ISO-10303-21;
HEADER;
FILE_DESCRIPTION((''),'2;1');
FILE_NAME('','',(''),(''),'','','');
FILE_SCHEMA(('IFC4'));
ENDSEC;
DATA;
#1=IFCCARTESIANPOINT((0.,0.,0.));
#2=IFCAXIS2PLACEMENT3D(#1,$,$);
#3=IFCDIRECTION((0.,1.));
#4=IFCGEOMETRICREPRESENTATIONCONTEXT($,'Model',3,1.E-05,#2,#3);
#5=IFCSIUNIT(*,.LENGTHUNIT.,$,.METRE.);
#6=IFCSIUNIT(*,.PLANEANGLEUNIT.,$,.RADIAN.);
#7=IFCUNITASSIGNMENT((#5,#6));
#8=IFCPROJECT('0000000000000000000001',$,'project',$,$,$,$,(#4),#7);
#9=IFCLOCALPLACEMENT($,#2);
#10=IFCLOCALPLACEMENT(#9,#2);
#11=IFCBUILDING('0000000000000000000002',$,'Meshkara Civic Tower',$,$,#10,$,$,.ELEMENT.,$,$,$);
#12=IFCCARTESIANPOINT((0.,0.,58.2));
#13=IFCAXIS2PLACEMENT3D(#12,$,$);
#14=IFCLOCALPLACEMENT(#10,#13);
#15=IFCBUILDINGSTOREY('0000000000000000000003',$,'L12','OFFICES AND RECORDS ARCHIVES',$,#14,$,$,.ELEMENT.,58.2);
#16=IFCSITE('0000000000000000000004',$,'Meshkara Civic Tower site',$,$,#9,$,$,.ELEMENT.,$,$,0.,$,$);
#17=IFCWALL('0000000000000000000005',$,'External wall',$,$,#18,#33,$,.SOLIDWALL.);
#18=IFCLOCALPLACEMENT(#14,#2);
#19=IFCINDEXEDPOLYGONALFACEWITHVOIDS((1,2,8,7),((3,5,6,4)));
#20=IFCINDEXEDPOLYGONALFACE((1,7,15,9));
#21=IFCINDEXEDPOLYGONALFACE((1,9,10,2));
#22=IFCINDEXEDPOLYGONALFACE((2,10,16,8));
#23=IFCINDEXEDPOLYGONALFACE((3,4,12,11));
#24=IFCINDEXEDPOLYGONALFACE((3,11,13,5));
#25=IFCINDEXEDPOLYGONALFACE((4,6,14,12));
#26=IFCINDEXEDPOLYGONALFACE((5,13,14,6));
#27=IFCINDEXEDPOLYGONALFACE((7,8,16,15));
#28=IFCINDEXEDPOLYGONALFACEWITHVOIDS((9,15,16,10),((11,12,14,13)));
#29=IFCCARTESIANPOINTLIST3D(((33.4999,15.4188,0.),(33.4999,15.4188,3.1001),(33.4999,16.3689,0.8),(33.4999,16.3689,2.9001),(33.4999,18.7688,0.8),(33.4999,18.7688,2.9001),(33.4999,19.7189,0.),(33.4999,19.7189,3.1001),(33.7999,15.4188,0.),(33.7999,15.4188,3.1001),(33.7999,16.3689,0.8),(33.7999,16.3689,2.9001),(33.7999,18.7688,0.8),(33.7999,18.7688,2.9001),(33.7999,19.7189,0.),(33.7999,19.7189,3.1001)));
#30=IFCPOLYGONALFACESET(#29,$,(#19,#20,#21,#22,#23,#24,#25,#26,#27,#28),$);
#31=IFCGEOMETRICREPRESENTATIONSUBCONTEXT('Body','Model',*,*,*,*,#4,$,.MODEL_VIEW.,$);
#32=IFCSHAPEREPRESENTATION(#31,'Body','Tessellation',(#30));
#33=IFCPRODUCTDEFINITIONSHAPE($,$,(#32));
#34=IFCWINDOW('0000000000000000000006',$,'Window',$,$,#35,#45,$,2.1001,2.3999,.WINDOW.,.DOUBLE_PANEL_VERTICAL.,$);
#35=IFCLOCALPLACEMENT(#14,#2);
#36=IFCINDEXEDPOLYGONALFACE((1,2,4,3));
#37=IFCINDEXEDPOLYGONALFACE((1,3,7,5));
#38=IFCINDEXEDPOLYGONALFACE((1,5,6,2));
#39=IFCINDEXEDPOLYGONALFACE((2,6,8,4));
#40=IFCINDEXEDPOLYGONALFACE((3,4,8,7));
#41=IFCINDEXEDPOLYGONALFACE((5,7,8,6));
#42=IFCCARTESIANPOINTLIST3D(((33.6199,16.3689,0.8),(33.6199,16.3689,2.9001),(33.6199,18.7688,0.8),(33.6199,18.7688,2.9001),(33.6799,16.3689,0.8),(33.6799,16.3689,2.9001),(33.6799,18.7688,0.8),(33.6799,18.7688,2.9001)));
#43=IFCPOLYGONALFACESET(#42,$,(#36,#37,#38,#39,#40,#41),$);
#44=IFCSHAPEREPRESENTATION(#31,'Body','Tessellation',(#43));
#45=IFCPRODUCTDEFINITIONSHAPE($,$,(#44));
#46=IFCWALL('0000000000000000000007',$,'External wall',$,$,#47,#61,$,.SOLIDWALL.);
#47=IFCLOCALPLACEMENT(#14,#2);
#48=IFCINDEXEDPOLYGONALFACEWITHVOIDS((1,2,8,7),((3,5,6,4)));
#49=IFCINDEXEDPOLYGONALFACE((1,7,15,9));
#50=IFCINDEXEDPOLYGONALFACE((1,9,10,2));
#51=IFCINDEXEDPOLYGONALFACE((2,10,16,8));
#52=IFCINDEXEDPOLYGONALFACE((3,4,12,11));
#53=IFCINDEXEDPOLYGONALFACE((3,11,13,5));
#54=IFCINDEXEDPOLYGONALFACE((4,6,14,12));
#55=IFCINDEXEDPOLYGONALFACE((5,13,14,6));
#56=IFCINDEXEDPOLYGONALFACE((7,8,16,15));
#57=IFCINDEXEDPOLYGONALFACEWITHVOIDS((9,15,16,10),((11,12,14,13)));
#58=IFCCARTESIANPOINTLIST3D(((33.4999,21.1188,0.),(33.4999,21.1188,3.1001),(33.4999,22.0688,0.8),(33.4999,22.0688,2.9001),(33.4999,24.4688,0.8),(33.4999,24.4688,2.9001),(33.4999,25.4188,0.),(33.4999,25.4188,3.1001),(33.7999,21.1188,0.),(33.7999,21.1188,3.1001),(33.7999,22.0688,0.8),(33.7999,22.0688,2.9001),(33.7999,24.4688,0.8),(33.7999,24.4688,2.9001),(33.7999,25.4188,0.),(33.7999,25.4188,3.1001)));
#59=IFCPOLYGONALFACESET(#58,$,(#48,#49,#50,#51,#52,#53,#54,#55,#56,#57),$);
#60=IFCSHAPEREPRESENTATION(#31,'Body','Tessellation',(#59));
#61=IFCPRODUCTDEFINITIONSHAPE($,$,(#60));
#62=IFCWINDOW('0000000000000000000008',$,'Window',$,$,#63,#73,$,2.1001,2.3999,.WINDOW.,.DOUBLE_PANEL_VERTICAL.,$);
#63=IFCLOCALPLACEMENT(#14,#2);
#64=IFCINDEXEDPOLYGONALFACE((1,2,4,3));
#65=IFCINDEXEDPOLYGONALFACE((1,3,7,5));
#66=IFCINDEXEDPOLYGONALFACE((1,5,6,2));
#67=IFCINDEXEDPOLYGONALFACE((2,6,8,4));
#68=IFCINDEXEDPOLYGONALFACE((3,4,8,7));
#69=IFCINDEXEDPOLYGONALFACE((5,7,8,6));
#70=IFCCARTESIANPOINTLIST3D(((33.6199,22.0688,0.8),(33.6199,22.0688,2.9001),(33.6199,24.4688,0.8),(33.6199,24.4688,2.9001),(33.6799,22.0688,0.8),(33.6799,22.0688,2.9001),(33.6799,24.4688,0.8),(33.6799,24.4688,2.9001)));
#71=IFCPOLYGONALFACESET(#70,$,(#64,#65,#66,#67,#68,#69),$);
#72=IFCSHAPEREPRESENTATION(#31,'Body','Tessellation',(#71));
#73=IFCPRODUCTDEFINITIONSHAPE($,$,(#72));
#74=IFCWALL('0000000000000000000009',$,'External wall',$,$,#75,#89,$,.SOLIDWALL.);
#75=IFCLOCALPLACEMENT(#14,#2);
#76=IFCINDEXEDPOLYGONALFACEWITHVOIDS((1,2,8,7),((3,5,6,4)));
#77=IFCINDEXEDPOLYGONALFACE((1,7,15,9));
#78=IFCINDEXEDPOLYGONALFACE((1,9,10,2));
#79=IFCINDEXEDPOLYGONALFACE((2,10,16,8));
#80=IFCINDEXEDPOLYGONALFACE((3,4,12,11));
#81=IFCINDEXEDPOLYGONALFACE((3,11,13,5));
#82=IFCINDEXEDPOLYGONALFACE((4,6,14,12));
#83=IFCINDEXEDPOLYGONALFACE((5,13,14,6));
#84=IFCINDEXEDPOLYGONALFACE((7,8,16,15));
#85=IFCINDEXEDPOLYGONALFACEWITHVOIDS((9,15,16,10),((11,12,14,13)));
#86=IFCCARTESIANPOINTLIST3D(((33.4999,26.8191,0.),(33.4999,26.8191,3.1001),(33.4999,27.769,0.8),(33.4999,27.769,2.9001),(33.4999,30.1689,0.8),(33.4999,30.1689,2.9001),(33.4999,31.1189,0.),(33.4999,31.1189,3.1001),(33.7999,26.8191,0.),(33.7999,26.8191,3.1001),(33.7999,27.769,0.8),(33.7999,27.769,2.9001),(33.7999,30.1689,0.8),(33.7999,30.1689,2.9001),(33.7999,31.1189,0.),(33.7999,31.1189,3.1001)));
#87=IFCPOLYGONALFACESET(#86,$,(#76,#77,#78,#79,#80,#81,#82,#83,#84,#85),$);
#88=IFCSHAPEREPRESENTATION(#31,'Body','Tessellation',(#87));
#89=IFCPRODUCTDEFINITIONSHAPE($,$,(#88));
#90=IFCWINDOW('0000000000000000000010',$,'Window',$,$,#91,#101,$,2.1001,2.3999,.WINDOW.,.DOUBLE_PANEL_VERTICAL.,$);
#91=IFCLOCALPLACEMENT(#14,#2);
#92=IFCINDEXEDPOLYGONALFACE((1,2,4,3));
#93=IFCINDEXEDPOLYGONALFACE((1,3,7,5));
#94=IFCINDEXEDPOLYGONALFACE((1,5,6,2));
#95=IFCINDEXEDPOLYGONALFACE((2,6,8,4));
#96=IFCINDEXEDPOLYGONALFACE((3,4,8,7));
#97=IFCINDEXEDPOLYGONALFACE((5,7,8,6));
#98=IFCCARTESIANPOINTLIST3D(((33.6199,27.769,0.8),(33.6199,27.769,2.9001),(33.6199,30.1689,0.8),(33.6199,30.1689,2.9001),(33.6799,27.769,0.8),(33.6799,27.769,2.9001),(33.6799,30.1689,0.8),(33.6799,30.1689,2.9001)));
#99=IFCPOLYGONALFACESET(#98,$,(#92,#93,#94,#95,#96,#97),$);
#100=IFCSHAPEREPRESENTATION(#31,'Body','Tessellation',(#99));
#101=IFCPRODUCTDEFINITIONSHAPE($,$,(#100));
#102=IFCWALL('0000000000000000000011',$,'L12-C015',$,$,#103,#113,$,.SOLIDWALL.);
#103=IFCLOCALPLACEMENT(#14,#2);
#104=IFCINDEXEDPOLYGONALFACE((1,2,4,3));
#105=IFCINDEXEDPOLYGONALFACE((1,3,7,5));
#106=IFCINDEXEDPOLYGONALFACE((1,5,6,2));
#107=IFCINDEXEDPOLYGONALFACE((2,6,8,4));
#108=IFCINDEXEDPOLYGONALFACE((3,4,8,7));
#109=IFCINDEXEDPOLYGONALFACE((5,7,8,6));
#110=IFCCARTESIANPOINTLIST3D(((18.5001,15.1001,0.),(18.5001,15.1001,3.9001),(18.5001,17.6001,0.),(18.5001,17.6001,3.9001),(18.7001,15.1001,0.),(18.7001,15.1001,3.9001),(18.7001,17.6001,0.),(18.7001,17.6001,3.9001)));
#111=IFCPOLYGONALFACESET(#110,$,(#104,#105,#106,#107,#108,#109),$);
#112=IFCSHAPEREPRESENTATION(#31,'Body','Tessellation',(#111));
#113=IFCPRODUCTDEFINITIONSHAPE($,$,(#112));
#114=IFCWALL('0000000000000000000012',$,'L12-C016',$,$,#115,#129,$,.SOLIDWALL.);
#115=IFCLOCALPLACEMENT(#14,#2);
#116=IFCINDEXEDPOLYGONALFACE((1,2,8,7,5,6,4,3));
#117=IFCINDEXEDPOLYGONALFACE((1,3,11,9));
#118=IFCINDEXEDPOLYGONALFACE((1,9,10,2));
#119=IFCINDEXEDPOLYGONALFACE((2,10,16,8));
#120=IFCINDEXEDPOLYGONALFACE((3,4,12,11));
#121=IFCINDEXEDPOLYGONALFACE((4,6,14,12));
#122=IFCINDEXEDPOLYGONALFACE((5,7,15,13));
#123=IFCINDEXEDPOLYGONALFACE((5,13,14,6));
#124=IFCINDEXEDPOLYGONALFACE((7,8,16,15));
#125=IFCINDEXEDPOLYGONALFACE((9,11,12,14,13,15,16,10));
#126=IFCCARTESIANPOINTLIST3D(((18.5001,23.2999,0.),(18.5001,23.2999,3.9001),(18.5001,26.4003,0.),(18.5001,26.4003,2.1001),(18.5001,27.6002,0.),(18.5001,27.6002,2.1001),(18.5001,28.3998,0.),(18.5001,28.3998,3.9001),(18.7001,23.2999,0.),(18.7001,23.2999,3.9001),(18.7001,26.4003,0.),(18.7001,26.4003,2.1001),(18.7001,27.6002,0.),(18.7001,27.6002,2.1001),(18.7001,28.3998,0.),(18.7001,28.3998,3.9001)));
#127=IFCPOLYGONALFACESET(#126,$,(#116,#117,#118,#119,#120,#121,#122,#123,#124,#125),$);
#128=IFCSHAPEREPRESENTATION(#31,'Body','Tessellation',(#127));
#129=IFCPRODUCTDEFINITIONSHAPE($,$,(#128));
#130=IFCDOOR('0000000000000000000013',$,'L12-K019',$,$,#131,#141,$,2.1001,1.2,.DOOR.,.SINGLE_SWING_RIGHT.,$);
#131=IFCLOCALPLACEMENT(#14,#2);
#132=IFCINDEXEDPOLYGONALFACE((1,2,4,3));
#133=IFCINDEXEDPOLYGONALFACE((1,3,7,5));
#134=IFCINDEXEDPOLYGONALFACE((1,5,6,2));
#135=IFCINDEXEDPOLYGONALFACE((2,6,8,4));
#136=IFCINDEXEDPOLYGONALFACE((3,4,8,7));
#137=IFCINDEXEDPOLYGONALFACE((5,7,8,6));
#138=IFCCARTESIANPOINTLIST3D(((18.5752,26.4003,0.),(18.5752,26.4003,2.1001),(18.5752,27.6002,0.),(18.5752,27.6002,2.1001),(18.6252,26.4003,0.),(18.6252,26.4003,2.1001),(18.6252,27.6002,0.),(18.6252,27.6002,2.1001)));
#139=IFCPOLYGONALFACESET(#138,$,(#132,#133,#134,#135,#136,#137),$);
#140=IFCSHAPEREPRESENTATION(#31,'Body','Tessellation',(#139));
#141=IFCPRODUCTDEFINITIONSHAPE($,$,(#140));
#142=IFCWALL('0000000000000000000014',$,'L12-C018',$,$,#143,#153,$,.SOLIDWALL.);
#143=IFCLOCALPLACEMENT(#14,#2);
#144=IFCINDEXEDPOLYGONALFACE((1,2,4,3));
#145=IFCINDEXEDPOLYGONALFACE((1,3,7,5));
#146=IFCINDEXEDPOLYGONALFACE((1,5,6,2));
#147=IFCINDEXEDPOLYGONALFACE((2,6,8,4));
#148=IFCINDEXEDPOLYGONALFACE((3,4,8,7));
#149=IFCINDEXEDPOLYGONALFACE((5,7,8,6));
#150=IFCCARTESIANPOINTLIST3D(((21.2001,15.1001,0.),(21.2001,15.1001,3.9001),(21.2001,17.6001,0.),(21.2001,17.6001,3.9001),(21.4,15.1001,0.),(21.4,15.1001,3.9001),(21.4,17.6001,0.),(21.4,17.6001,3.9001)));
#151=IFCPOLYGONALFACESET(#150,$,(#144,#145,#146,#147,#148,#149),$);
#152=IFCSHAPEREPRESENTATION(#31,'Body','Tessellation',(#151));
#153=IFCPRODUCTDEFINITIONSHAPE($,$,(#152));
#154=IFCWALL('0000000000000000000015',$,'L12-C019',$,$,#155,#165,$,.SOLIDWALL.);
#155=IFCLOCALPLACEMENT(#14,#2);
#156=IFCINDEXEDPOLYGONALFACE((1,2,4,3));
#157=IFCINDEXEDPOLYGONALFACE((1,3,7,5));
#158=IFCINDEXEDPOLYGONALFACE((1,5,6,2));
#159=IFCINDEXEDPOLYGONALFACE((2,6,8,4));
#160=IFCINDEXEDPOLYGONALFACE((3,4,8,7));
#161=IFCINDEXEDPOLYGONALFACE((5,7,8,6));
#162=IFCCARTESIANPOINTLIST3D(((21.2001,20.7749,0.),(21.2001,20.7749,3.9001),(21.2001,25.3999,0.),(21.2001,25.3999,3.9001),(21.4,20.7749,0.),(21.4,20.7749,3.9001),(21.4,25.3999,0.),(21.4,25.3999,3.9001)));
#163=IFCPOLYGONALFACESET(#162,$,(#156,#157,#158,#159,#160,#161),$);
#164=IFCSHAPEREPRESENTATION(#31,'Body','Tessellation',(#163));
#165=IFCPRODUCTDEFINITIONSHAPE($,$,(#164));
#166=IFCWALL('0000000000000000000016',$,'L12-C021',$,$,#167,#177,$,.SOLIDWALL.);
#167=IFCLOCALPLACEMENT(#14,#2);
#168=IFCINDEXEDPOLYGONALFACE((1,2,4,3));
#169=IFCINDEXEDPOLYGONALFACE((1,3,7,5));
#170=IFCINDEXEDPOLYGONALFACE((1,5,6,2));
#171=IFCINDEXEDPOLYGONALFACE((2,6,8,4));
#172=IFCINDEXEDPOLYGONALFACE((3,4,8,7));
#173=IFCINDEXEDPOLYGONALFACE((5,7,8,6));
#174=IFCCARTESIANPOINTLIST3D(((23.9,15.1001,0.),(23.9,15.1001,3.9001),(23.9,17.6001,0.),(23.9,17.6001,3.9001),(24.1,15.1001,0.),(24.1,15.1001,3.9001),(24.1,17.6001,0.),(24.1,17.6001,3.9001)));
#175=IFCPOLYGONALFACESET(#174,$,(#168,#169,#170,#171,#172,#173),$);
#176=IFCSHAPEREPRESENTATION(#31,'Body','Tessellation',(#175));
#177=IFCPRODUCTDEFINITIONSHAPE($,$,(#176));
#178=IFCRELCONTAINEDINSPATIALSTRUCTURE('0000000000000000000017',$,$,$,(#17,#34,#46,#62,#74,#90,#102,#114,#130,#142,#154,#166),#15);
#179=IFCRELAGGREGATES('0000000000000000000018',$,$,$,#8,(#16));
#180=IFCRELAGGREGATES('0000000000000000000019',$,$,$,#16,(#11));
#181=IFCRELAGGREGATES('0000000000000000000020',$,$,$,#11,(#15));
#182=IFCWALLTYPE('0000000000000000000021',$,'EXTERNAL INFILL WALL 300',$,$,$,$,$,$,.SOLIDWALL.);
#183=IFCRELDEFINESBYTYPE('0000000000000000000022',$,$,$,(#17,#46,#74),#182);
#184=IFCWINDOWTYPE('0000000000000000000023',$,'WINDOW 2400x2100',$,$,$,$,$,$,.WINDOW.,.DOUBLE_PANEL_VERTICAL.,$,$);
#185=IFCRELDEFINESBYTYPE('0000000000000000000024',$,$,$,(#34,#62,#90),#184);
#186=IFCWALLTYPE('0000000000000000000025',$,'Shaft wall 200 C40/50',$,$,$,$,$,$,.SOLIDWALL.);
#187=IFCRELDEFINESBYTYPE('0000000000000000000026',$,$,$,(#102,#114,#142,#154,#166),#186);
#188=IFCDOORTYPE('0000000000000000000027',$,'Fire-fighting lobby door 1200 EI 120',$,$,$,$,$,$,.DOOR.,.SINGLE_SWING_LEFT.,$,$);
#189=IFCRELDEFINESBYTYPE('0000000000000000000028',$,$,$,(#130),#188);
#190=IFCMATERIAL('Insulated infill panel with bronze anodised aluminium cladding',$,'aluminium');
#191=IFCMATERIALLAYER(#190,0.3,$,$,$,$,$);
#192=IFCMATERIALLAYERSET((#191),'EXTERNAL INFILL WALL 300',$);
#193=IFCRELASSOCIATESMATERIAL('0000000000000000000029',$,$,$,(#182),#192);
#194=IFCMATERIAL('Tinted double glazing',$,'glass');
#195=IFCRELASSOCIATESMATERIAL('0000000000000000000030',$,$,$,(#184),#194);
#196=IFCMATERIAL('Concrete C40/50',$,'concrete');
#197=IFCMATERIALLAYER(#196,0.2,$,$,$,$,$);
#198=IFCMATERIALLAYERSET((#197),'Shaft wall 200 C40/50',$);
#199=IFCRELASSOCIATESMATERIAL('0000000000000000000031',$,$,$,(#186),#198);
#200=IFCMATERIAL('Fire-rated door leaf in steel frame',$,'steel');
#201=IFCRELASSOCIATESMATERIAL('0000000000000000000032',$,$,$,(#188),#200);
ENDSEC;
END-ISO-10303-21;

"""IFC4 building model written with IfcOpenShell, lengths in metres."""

from ifc_helpers import new_model, si_unit, direction, frame, frame_2d, origin, place, context, subcontext, project, spatial, rectangle, extrude, material, layer, layer_set, type_object, element, fill, save


model = new_model("IFC4")

# Units and contexts
model_context = context("Model", 3, precision=1e-05, world=origin(), true_north=direction((0.0, 1.0)))
body_context = subcontext(model_context, "Body", "Model", "MODEL_VIEW")
ifc_project = project(units=[si_unit("LENGTHUNIT", "METRE"), si_unit("PLANEANGLEUNIT", "RADIAN")], contexts=[model_context])

# Site, building, storey
site_placement = place(None, origin())
site = spatial("IfcSite", under=ifc_project, at=site_placement, Name="Meshkara Civic Tower site", CompositionType="ELEMENT", RefElevation=0.0)
building_placement = place(site_placement, origin())
building = spatial("IfcBuilding", under=site, at=building_placement, Name="Meshkara Civic Tower", CompositionType="ELEMENT")
storey_placement = place(building_placement, frame((0.0, 0.0, 58.2)))
storey = spatial("IfcBuildingStorey", under=building, at=storey_placement, Name="L12", Description="OFFICES AND RECORDS ARCHIVES", CompositionType="ELEMENT", Elevation=58.2)

# Walls, openings, windows
ifc_material_1 = material(Name="Insulated infill panel with bronze anodised aluminium cladding", Category="aluminium")
ifc_layer_1 = layer(ifc_material_1, 0.3)
ifc_layer_set_1 = layer_set([ifc_layer_1], Name="EXTERNAL INFILL WALL 300")
wall_type_1 = type_object("IfcWallType", Name="EXTERNAL INFILL WALL 300", PredefinedType="SOLIDWALL", material=ifc_layer_set_1)
ifc_material_2 = material(Name="Tinted double glazing", Category="glass")
window_type = type_object("IfcWindowType", Name="WINDOW 2400x2100", PartitioningType="DOUBLE_PANEL_VERTICAL", PredefinedType="WINDOW", material=ifc_material_2)
wall_1_placement = place(storey_placement, frame((33.6499, 15.4189, 0.0), z_axis=(0.0, 0.0, 1.0), x_axis=(0.0, 1.0, 0.0)))
wall_1 = element("IfcWall", 1, at=wall_1_placement, inside=storey, type_object=wall_type_1, Name="External wall", PredefinedType="SOLIDWALL", context=body_context, shape_type="SweptSolid", body=[
    extrude(rectangle(XDim=4.3, YDim=0.3, at=frame_2d((2.1499, 0.0))), origin(), (0.0, 0.0, 1.0), 3.1001),
])
opening_1_placement = place(wall_1_placement, frame((0.95, 0.0, 0.8)))
opening_1 = element("IfcOpeningElement", 2, at=opening_1_placement, cuts=wall_1, PredefinedType="OPENING", context=body_context, shape_type="SweptSolid", body=[
    extrude(rectangle(XDim=2.3999, YDim=2.1001, at=frame_2d((1.2, 1.05))), frame((0.0, 0.1599, 0.0), z_axis=(0.0, -1.0, 0.0), x_axis=(1.0, 0.0, 0.0)), (0.0, 0.0, 1.0), 0.3201),
])
window_1_placement = place(opening_1_placement, origin())
window_1 = element("IfcWindow", 3, at=window_1_placement, inside=storey, type_object=window_type, Name="Window", OverallHeight=2.1001, OverallWidth=2.3999, PartitioningType="DOUBLE_PANEL_VERTICAL", PredefinedType="WINDOW", context=body_context, shape_type="SweptSolid", body=[
    extrude(rectangle(XDim=2.3999, YDim=2.1001, at=frame_2d((1.2, 1.05))), frame((0.0, 0.03, 0.0), z_axis=(0.0, -1.0, 0.0), x_axis=(1.0, 0.0, 0.0)), (0.0, 0.0, 1.0), 0.0601),
])
fill(opening_1, window_1)
wall_2_placement = place(storey_placement, frame((33.6499, 21.1189, 0.0), z_axis=(0.0, 0.0, 1.0), x_axis=(0.0, 1.0, 0.0)))
wall_2 = element("IfcWall", 4, at=wall_2_placement, inside=storey, type_object=wall_type_1, Name="External wall", PredefinedType="SOLIDWALL", context=body_context, shape_type="SweptSolid", body=[
    extrude(rectangle(XDim=4.3, YDim=0.3, at=frame_2d((2.1499, 0.0))), origin(), (0.0, 0.0, 1.0), 3.1001),
])
opening_2_placement = place(wall_2_placement, frame((0.95, 0.0, 0.8)))
opening_2 = element("IfcOpeningElement", 5, at=opening_2_placement, cuts=wall_2, PredefinedType="OPENING", context=body_context, shape_type="SweptSolid", body=[
    extrude(rectangle(XDim=2.3999, YDim=2.1001, at=frame_2d((1.2, 1.05))), frame((0.0, 0.1599, 0.0), z_axis=(0.0, -1.0, 0.0), x_axis=(1.0, 0.0, 0.0)), (0.0, 0.0, 1.0), 0.3201),
])
window_2_placement = place(opening_2_placement, origin())
window_2 = element("IfcWindow", 6, at=window_2_placement, inside=storey, type_object=window_type, Name="Window", OverallHeight=2.1001, OverallWidth=2.3999, PartitioningType="DOUBLE_PANEL_VERTICAL", PredefinedType="WINDOW", context=body_context, shape_type="SweptSolid", body=[
    extrude(rectangle(XDim=2.3999, YDim=2.1001, at=frame_2d((1.2, 1.05))), frame((0.0, 0.03, 0.0), z_axis=(0.0, -1.0, 0.0), x_axis=(1.0, 0.0, 0.0)), (0.0, 0.0, 1.0), 0.0601),
])
fill(opening_2, window_2)
wall_3_placement = place(storey_placement, frame((33.6499, 26.8191, 0.0), z_axis=(0.0, 0.0, 1.0), x_axis=(0.0, 1.0, 0.0)))
wall_3 = element("IfcWall", 7, at=wall_3_placement, inside=storey, type_object=wall_type_1, Name="External wall", PredefinedType="SOLIDWALL", context=body_context, shape_type="SweptSolid", body=[
    extrude(rectangle(XDim=4.2998, YDim=0.3, at=frame_2d((2.1499, 0.0))), origin(), (0.0, 0.0, 1.0), 3.1001),
])
opening_3_placement = place(wall_3_placement, frame((0.95, 0.0, 0.8)))
opening_3 = element("IfcOpeningElement", 8, at=opening_3_placement, cuts=wall_3, PredefinedType="OPENING", context=body_context, shape_type="SweptSolid", body=[
    extrude(rectangle(XDim=2.3999, YDim=2.1001, at=frame_2d((1.2, 1.05))), frame((0.0, 0.1599, 0.0), z_axis=(0.0, -1.0, 0.0), x_axis=(1.0, 0.0, 0.0)), (0.0, 0.0, 1.0), 0.3201),
])
window_3_placement = place(opening_3_placement, origin())
window_3 = element("IfcWindow", 9, at=window_3_placement, inside=storey, type_object=window_type, Name="Window", OverallHeight=2.1001, OverallWidth=2.3999, PartitioningType="DOUBLE_PANEL_VERTICAL", PredefinedType="WINDOW", context=body_context, shape_type="SweptSolid", body=[
    extrude(rectangle(XDim=2.3999, YDim=2.1001, at=frame_2d((1.2, 1.05))), frame((0.0, 0.03, 0.0), z_axis=(0.0, -1.0, 0.0), x_axis=(1.0, 0.0, 0.0)), (0.0, 0.0, 1.0), 0.0601),
])
fill(opening_3, window_3)

# Wall
ifc_material_3 = material(Name="Concrete C40/50", Category="concrete")
ifc_layer_2 = layer(ifc_material_3, 0.2)
ifc_layer_set_2 = layer_set([ifc_layer_2], Name="Shaft wall 200 C40/50")
wall_type_2 = type_object("IfcWallType", Name="Shaft wall 200 C40/50", PredefinedType="SOLIDWALL", material=ifc_layer_set_2)
wall_4_placement = place(storey_placement, frame((18.6001, 15.1001, 0.0), z_axis=(0.0, 0.0, 1.0), x_axis=(0.0, 1.0, 0.0)))
element("IfcWall", 10, at=wall_4_placement, inside=storey, type_object=wall_type_2, Name="L12-C015", PredefinedType="SOLIDWALL", context=body_context, shape_type="SweptSolid", body=[
    extrude(rectangle(XDim=2.5, YDim=0.2, at=frame_2d((1.25, 0.0))), origin(), (0.0, 0.0, 1.0), 3.9001),
])

# Wall, opening, door
wall_5_placement = place(storey_placement, frame((18.6001, 23.3, 0.0), z_axis=(0.0, 0.0, 1.0), x_axis=(0.0, 1.0, 0.0)))
wall_5 = element("IfcWall", 11, at=wall_5_placement, inside=storey, type_object=wall_type_2, Name="L12-C016", PredefinedType="SOLIDWALL", context=body_context, shape_type="SweptSolid", body=[
    extrude(rectangle(XDim=5.0999, YDim=0.2, at=frame_2d((2.5498, 0.0))), origin(), (0.0, 0.0, 1.0), 3.9001),
])
opening_4_placement = place(wall_5_placement, frame((3.1001, 0.0, 0.0)))
opening_4 = element("IfcOpeningElement", 12, at=opening_4_placement, cuts=wall_5, PredefinedType="OPENING", context=body_context, shape_type="SweptSolid", body=[
    extrude(rectangle(XDim=1.2, YDim=2.1001, at=frame_2d((0.6001, 1.05))), frame((0.0, 0.1099, 0.0), z_axis=(0.0, -1.0, 0.0), x_axis=(1.0, 0.0, 0.0)), (0.0, 0.0, 1.0), 0.22),
])
ifc_material_4 = material(Name="Fire-rated door leaf in steel frame", Category="steel")
door_type_1 = type_object("IfcDoorType", Name="Fire-fighting lobby door 1200 EI 120", OperationType="SINGLE_SWING_LEFT", PredefinedType="DOOR", material=ifc_material_4)
door_1_placement = place(opening_4_placement, origin())
door_1 = element("IfcDoor", 13, at=door_1_placement, inside=storey, type_object=door_type_1, Name="L12-K019", OperationType="SINGLE_SWING_RIGHT", OverallHeight=2.1001, OverallWidth=1.2, PredefinedType="DOOR", context=body_context, shape_type="SweptSolid", body=[
    extrude(rectangle(XDim=1.2, YDim=2.1001, at=frame_2d((0.6001, 1.05))), frame((0.0, 0.0249, 0.0), z_axis=(0.0, -1.0, 0.0), x_axis=(1.0, 0.0, 0.0)), (0.0, 0.0, 1.0), 0.05),
])
fill(opening_4, door_1)

# Walls
wall_6_placement = place(storey_placement, frame((21.3, 15.1001, 0.0), z_axis=(0.0, 0.0, 1.0), x_axis=(0.0, 1.0, 0.0)))
element("IfcWall", 14, at=wall_6_placement, inside=storey, type_object=wall_type_2, Name="L12-C018", PredefinedType="SOLIDWALL", context=body_context, shape_type="SweptSolid", body=[
    extrude(rectangle(XDim=2.5, YDim=0.2, at=frame_2d((1.25, 0.0))), origin(), (0.0, 0.0, 1.0), 3.9001),
])
wall_7_placement = place(storey_placement, frame((21.3, 20.7749, 0.0), z_axis=(0.0, 0.0, 1.0), x_axis=(0.0, 1.0, 0.0)))
element("IfcWall", 15, at=wall_7_placement, inside=storey, type_object=wall_type_2, Name="L12-C019", PredefinedType="SOLIDWALL", context=body_context, shape_type="SweptSolid", body=[
    extrude(rectangle(XDim=4.625, YDim=0.2, at=frame_2d((2.3125, 0.0))), origin(), (0.0, 0.0, 1.0), 3.9001),
])
wall_8_placement = place(storey_placement, frame((24.0, 15.1001, 0.0), z_axis=(0.0, 0.0, 1.0), x_axis=(0.0, 1.0, 0.0)))
element("IfcWall", 16, at=wall_8_placement, inside=storey, type_object=wall_type_2, Name="L12-C021", PredefinedType="SOLIDWALL", context=body_context, shape_type="SweptSolid", body=[
    extrude(rectangle(XDim=2.5, YDim=0.2, at=frame_2d((1.25, 0.0))), origin(), (0.0, 0.0, 1.0), 3.9001),
])

save(model, "model.ifc")
